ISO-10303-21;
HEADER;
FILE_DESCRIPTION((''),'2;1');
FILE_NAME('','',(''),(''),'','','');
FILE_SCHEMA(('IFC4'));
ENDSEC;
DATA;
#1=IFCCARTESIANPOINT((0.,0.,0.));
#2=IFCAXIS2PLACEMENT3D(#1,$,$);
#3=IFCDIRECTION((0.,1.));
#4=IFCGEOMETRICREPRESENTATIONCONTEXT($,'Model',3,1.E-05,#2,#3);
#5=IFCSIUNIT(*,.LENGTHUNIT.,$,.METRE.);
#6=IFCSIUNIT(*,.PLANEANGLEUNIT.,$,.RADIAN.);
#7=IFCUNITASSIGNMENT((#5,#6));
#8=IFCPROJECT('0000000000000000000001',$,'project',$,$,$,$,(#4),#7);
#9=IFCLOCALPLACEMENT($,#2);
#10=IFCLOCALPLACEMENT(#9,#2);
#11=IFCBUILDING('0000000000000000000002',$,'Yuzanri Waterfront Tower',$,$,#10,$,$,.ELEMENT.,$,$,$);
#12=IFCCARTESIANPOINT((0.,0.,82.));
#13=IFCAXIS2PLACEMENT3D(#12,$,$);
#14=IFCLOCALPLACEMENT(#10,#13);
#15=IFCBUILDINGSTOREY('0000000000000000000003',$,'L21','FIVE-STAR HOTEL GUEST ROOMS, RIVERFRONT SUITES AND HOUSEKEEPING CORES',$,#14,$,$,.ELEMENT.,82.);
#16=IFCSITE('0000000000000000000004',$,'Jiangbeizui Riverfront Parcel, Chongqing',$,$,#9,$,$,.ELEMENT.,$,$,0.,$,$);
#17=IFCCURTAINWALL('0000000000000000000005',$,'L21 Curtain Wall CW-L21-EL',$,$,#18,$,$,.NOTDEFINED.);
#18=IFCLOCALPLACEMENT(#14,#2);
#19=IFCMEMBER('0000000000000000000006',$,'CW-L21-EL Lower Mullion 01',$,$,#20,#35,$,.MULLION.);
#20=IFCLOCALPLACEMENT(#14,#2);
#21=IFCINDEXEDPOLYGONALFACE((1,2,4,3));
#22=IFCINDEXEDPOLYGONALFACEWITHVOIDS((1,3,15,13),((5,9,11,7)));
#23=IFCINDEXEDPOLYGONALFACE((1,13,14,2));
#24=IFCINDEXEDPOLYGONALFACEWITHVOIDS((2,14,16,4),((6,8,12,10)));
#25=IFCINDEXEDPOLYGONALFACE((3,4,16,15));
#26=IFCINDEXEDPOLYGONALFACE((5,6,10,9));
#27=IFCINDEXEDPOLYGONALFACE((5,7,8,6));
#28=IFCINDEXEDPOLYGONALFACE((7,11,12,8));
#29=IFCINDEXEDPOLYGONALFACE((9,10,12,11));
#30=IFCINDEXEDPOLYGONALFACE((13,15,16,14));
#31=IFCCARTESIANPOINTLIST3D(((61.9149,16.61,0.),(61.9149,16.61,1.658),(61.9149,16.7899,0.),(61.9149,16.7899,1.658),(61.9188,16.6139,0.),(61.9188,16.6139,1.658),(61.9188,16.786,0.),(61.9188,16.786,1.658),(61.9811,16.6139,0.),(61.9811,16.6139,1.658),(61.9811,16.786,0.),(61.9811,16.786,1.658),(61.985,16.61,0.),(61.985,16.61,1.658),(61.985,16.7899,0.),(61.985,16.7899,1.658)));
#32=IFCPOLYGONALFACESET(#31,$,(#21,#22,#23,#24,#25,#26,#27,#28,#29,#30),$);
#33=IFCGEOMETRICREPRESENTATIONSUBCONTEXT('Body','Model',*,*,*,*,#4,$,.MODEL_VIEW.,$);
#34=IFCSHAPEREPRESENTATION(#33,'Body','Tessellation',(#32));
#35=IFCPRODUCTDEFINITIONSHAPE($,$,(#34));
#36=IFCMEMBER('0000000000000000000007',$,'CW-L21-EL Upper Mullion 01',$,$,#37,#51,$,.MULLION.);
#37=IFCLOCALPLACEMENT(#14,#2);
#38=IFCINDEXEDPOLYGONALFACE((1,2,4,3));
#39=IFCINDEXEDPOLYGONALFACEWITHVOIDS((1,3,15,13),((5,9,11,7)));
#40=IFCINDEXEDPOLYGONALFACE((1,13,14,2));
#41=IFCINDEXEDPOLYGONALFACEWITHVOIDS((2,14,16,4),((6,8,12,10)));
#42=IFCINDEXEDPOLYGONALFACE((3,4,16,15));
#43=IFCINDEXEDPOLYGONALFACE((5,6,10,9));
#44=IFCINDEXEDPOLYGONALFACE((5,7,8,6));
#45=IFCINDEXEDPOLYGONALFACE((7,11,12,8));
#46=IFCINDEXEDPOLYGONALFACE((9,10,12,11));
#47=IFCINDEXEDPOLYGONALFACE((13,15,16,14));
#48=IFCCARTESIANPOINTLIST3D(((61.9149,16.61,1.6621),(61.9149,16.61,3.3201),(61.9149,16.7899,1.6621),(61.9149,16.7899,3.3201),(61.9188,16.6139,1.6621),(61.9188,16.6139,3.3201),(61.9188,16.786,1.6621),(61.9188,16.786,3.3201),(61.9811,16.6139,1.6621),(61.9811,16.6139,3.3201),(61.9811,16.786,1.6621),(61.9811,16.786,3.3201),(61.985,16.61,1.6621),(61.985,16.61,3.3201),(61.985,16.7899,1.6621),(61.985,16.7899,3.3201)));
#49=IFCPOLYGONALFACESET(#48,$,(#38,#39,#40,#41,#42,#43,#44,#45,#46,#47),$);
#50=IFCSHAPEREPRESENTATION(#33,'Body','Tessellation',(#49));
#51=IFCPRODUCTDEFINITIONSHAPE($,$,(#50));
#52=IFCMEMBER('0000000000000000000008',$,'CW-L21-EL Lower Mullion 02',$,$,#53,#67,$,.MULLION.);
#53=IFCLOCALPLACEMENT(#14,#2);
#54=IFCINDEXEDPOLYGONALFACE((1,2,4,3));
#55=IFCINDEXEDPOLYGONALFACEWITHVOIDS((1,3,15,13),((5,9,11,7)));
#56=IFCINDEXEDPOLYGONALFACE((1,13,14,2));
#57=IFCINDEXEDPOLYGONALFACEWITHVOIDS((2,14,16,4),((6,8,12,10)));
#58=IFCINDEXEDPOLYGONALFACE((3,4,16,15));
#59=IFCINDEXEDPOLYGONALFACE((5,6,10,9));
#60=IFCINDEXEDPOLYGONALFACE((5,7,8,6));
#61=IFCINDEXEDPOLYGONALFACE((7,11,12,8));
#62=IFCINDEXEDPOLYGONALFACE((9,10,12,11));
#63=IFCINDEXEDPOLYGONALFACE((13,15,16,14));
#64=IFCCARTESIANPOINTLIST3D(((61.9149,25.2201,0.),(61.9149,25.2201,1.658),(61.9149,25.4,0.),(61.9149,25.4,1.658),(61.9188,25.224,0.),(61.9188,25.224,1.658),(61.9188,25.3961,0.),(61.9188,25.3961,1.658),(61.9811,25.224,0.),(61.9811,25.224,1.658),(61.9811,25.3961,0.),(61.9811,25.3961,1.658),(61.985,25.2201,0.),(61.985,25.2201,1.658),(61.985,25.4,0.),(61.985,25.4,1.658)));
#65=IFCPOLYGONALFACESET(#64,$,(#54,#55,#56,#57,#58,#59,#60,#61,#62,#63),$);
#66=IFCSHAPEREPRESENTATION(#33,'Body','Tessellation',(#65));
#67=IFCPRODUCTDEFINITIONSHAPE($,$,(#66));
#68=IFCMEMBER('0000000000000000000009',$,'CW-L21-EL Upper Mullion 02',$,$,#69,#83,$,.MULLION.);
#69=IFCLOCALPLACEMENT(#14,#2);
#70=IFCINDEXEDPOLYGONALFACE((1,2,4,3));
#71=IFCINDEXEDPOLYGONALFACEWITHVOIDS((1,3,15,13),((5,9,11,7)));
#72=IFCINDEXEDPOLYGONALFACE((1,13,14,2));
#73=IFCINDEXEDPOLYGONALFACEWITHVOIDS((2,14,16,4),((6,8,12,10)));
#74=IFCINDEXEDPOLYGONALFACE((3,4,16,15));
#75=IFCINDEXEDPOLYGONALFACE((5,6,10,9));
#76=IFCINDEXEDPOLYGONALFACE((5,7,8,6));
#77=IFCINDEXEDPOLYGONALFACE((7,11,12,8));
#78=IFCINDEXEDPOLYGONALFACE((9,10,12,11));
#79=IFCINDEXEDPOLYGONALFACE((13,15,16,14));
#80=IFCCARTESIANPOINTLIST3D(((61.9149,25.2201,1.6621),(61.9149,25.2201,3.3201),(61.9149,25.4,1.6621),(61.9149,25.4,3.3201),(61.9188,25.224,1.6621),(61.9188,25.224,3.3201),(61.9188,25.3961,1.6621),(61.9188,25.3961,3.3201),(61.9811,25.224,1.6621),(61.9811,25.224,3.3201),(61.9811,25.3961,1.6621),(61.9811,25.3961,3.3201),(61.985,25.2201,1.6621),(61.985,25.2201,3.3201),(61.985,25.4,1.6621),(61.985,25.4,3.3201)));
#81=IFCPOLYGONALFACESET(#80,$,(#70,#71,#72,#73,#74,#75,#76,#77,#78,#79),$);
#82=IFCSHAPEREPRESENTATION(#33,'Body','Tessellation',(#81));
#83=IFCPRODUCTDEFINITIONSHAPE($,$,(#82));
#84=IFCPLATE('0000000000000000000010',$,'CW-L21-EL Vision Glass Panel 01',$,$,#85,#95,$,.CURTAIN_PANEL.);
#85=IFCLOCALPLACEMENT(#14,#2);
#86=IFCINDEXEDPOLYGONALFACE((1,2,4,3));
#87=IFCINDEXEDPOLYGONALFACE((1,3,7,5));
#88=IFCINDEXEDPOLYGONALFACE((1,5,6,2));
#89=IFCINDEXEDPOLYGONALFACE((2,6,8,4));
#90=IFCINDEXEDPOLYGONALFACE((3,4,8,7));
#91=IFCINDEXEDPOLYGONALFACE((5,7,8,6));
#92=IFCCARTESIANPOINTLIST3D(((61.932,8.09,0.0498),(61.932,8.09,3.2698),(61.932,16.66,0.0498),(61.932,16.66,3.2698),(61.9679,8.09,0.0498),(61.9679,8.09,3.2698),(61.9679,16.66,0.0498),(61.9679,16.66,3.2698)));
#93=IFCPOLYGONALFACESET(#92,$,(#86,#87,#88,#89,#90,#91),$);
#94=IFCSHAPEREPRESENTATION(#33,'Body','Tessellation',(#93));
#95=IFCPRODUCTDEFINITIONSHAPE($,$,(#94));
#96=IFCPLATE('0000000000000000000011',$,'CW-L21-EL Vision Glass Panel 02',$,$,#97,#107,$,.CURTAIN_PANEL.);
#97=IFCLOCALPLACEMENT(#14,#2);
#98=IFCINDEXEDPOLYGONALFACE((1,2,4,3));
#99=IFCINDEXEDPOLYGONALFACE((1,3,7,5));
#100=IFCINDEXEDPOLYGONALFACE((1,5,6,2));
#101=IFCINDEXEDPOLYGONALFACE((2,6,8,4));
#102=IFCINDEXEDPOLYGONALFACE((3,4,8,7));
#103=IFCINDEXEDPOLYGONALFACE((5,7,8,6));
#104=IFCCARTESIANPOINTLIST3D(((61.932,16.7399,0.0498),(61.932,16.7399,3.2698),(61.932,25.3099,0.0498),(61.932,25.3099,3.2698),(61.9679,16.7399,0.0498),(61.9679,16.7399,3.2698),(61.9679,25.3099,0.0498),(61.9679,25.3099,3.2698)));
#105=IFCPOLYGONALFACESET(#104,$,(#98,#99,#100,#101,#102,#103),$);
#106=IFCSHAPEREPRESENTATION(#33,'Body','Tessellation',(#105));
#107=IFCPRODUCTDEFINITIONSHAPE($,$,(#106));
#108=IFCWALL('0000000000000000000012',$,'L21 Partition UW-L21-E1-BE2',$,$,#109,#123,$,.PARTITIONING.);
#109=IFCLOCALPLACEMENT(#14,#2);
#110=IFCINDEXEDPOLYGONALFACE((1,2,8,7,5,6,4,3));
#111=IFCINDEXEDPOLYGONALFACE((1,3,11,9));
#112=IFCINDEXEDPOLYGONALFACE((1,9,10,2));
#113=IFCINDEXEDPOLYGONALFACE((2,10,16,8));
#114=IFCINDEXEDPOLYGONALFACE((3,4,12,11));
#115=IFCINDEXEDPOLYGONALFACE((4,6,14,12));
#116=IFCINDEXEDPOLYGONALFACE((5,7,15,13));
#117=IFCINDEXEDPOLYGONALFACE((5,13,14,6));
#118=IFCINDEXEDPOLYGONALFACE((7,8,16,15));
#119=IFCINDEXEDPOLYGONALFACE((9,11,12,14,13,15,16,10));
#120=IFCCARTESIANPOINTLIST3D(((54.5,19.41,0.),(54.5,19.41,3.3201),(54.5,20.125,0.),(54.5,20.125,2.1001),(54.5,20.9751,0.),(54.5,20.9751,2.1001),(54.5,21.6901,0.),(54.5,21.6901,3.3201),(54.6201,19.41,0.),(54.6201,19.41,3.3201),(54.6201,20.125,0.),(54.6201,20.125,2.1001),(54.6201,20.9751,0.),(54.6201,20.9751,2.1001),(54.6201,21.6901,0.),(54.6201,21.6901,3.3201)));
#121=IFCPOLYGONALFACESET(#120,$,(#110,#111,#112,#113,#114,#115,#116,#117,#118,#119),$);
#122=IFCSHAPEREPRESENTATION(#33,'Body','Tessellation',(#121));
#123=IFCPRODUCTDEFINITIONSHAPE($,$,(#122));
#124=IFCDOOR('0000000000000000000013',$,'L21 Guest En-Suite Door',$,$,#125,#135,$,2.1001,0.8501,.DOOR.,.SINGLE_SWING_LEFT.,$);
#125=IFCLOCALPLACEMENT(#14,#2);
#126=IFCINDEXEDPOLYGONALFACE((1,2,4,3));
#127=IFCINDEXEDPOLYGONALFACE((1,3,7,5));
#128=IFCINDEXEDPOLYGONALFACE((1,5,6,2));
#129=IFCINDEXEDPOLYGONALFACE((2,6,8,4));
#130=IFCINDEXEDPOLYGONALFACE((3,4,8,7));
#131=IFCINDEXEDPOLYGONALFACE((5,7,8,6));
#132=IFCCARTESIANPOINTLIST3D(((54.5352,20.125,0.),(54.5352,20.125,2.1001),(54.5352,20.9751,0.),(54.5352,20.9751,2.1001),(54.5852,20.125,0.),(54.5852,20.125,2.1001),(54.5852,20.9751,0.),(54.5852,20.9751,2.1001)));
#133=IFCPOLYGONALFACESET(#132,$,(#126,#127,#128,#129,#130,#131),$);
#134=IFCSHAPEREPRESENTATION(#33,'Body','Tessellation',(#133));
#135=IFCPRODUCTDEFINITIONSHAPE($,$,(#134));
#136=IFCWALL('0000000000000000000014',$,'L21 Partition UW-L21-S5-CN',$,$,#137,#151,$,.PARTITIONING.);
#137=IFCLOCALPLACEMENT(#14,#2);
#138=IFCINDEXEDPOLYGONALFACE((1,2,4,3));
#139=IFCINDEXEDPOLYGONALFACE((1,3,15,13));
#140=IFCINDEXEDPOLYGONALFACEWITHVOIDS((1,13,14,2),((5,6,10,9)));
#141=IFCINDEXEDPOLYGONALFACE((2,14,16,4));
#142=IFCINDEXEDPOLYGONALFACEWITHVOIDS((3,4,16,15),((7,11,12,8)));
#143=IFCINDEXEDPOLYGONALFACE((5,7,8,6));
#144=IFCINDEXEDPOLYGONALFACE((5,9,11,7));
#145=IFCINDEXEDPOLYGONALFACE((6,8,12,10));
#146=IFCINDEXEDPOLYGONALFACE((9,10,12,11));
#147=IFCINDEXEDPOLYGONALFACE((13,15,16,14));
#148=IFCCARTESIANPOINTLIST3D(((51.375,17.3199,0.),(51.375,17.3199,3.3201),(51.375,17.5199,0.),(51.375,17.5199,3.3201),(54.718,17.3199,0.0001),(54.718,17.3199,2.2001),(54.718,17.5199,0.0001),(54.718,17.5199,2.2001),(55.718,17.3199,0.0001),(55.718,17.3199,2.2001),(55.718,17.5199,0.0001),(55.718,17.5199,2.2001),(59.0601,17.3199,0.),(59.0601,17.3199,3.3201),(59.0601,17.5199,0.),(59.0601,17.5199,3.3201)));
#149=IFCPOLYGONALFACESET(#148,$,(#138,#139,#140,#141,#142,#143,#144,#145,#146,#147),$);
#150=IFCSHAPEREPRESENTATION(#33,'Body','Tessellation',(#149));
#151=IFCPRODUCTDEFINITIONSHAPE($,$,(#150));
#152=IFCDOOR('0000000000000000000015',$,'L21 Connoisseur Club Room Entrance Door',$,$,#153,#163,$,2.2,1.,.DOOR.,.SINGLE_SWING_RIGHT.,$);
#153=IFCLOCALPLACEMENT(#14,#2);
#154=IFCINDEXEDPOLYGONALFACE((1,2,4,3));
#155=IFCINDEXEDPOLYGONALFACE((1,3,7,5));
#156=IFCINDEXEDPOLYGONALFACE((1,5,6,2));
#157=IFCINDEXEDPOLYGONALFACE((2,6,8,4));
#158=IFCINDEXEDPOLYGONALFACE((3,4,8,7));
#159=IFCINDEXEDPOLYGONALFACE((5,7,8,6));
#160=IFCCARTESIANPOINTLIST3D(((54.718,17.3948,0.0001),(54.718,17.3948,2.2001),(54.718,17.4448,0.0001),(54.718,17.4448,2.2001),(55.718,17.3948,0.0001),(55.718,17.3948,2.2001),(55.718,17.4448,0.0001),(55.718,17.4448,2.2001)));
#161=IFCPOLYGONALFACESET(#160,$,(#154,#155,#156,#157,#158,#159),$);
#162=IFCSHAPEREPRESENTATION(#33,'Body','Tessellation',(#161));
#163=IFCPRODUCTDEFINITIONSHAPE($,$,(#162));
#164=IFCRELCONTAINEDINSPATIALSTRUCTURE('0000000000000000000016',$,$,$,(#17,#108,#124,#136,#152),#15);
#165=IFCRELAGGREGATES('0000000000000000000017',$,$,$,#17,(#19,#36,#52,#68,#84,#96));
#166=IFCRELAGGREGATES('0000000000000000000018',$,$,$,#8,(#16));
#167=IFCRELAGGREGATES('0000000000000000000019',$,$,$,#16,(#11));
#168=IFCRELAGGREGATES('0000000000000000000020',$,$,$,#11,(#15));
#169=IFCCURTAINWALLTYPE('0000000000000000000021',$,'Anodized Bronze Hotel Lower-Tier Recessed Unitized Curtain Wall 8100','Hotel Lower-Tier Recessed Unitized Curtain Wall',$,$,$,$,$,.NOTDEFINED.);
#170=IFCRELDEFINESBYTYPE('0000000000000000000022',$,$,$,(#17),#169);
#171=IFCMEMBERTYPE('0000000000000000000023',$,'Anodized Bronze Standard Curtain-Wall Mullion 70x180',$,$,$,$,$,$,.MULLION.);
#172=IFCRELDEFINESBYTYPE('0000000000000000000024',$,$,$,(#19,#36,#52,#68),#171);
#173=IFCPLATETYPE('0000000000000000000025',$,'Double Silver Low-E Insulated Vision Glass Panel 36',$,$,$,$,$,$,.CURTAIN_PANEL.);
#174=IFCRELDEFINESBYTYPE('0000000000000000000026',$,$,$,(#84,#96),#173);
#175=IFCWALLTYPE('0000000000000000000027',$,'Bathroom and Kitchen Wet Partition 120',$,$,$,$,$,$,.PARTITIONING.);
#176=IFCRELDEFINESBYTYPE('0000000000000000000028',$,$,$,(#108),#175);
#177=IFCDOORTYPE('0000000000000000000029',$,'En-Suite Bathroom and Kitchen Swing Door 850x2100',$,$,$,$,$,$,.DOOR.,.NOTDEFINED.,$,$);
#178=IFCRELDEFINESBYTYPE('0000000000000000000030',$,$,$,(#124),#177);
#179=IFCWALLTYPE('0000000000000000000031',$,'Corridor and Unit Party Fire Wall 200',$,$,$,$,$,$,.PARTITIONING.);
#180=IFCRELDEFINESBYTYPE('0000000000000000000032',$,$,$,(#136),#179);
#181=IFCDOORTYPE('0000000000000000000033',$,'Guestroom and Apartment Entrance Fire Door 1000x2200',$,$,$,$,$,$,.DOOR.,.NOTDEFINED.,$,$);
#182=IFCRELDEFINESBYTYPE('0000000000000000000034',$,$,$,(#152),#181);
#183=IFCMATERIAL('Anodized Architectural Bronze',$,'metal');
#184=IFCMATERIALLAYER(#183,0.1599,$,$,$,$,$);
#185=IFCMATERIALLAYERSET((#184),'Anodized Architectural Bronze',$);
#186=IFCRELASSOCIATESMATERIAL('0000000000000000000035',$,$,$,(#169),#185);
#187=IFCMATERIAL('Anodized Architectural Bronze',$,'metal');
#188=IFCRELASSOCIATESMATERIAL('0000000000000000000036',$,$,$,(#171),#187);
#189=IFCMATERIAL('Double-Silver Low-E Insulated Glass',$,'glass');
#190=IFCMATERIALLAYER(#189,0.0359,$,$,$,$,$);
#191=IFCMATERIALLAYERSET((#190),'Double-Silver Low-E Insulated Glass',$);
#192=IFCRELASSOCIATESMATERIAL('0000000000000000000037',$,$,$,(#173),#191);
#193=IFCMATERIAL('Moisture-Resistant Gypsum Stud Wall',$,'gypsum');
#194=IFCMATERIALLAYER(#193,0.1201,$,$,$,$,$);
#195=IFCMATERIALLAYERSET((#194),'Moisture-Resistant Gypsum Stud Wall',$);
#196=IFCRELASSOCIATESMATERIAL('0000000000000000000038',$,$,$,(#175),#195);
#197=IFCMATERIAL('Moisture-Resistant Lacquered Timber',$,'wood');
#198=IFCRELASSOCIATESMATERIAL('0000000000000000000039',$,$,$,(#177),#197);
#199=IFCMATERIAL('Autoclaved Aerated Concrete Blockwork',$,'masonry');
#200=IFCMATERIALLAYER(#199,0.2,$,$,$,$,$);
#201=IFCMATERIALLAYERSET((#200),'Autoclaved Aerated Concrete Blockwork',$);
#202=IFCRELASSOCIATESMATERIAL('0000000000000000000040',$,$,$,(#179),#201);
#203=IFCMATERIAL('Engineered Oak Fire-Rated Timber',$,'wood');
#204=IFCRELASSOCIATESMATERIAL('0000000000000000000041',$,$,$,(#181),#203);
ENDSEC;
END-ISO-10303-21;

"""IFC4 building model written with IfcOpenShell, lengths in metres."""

from ifc_helpers import new_model, si_unit, direction, frame, frame_2d, origin, origin_2d, place, context, subcontext, project, spatial, rectangle, hollow_rectangle, extrude, source, transform, mapped, material, layer, layer_set, material_profile, profile_set, type_object, element, fill, aggregate, save


model = new_model("IFC4")

# Units and contexts
model_context = context("Model", 3, precision=1e-05, world=origin(), true_north=direction((0.0, 1.0)))
body_context = subcontext(model_context, "Body", "Model", "MODEL_VIEW")
ifc_project = project(units=[si_unit("LENGTHUNIT", "METRE"), si_unit("PLANEANGLEUNIT", "RADIAN")], contexts=[model_context])

# Site, building, storey
site_placement = place(None, origin())
site = spatial("IfcSite", under=ifc_project, at=site_placement, Name="Jiangbeizui Riverfront Parcel, Chongqing", CompositionType="ELEMENT", RefElevation=0.0)
building_placement = place(site_placement, origin())
building = spatial("IfcBuilding", under=site, at=building_placement, Name="Yuzanri Waterfront Tower", CompositionType="ELEMENT")
storey_placement = place(building_placement, frame((0.0, 0.0, 82.0)))
storey = spatial("IfcBuildingStorey", under=building, at=storey_placement, Name="L21", Description="FIVE-STAR HOTEL GUEST ROOMS, RIVERFRONT SUITES AND HOUSEKEEPING CORES", CompositionType="ELEMENT", Elevation=82.0)

# Curtain wall, members, plates
ifc_material_1 = material(Name="Anodized Architectural Bronze", Category="metal")
ifc_layer_1 = layer(ifc_material_1, 0.1599)
ifc_layer_set_1 = layer_set([ifc_layer_1], Name="Anodized Architectural Bronze")
curtain_wall_type = type_object("IfcCurtainWallType", Name="Anodized Bronze Hotel Lower-Tier Recessed Unitized Curtain Wall 8100", Description="Hotel Lower-Tier Recessed Unitized Curtain Wall", PredefinedType="NOTDEFINED", material=ifc_layer_set_1)
curtain_wall_placement = place(storey_placement, origin())
curtain_wall = element("IfcCurtainWall", 1, at=curtain_wall_placement, inside=storey, type_object=curtain_wall_type, Name="L21 Curtain Wall CW-L21-EL", PredefinedType="NOTDEFINED")
ifc_material_2 = material(Name="Anodized Architectural Bronze", Category="metal")
ifc_material_profile_1 = material_profile(ifc_material_2, hollow_rectangle(XDim=0.0701, YDim=0.1799, WallThickness=0.0039, at=origin_2d()), Name="CWM 70x180")
ifc_profile_set_1 = profile_set([ifc_material_profile_1], Name="Anodized Architectural Bronze")
member_type_1 = type_object("IfcMemberType", Name="Anodized Bronze Standard Curtain-Wall Mullion 70x180", PredefinedType="MULLION", material=ifc_profile_set_1)
shared_shape_1 = source(origin(), body_context, "Body", "SweptSolid", [
    extrude(hollow_rectangle(XDim=0.0701, YDim=0.1799, WallThickness=0.0039, at=origin_2d()), origin(), (0.0, 0.0, 1.0), 1.658),
])
member_1_placement = place(storey_placement, frame((61.95, 16.7, 0.0), z_axis=(0.0, 0.0, 1.0), x_axis=(1.0, 0.0, 0.0)))
member_1 = element("IfcMember", 2, at=member_1_placement, type_object=member_type_1, Name="CW-L21-EL Lower Mullion 01", PredefinedType="MULLION", context=body_context, shape_type="MappedRepresentation", body=[
    mapped(shared_shape_1, transform((0.0, 0.0, 0.0), scale=1.0)),
])
member_2_placement = place(storey_placement, frame((61.95, 16.7, 1.6621), z_axis=(0.0, 0.0, 1.0), x_axis=(1.0, 0.0, 0.0)))
member_2 = element("IfcMember", 3, at=member_2_placement, type_object=member_type_1, Name="CW-L21-EL Upper Mullion 01", PredefinedType="MULLION", context=body_context, shape_type="MappedRepresentation", body=[
    mapped(shared_shape_1, transform((0.0, 0.0, 0.0), scale=1.0)),
])
member_3_placement = place(storey_placement, frame((61.95, 25.3101, 0.0), z_axis=(0.0, 0.0, 1.0), x_axis=(1.0, 0.0, 0.0)))
member_3 = element("IfcMember", 4, at=member_3_placement, type_object=member_type_1, Name="CW-L21-EL Lower Mullion 02", PredefinedType="MULLION", context=body_context, shape_type="MappedRepresentation", body=[
    mapped(shared_shape_1, transform((0.0, 0.0, 0.0), scale=1.0)),
])
member_4_placement = place(storey_placement, frame((61.95, 25.3101, 1.6621), z_axis=(0.0, 0.0, 1.0), x_axis=(1.0, 0.0, 0.0)))
member_4 = element("IfcMember", 5, at=member_4_placement, type_object=member_type_1, Name="CW-L21-EL Upper Mullion 02", PredefinedType="MULLION", context=body_context, shape_type="MappedRepresentation", body=[
    mapped(shared_shape_1, transform((0.0, 0.0, 0.0), scale=1.0)),
])
ifc_material_3 = material(Name="Double-Silver Low-E Insulated Glass", Category="glass")
ifc_layer_2 = layer(ifc_material_3, 0.0359)
ifc_layer_set_2 = layer_set([ifc_layer_2], Name="Double-Silver Low-E Insulated Glass")
plate_type = type_object("IfcPlateType", Name="Double Silver Low-E Insulated Vision Glass Panel 36", PredefinedType="CURTAIN_PANEL", material=ifc_layer_set_2)
shared_shape_2 = source(origin(), body_context, "Body", "SweptSolid", [
    extrude(rectangle(XDim=8.5701, YDim=0.0359, at=origin_2d()), origin(), (0.0, 0.0, 1.0), 3.22),
])
plate_1_placement = place(storey_placement, frame((61.95, 12.375, 0.0498), z_axis=(0.0, 0.0, 1.0), x_axis=(0.0, 1.0, 0.0)))
plate_1 = element("IfcPlate", 6, at=plate_1_placement, type_object=plate_type, Name="CW-L21-EL Vision Glass Panel 01", PredefinedType="CURTAIN_PANEL", context=body_context, shape_type="MappedRepresentation", body=[
    mapped(shared_shape_2, transform((0.0, 0.0, 0.0), scale=1.0)),
])
plate_2_placement = place(storey_placement, frame((61.95, 21.0249, 0.0498), z_axis=(0.0, 0.0, 1.0), x_axis=(0.0, 1.0, 0.0)))
plate_2 = element("IfcPlate", 7, at=plate_2_placement, type_object=plate_type, Name="CW-L21-EL Vision Glass Panel 02", PredefinedType="CURTAIN_PANEL", context=body_context, shape_type="MappedRepresentation", body=[
    mapped(shared_shape_2, transform((0.0, 0.0, 0.0), scale=1.0)),
])
aggregate(curtain_wall, [member_1, member_2, member_3, member_4, plate_1, plate_2])

# Walls, openings, doors
ifc_material_4 = material(Name="Moisture-Resistant Gypsum Stud Wall", Category="gypsum")
ifc_layer_3 = layer(ifc_material_4, 0.1201)
ifc_layer_set_3 = layer_set([ifc_layer_3], Name="Moisture-Resistant Gypsum Stud Wall")
wall_type_1 = type_object("IfcWallType", Name="Bathroom and Kitchen Wet Partition 120", PredefinedType="PARTITIONING", material=ifc_layer_set_3)
wall_1_placement = place(storey_placement, frame((54.5601, 19.4099, 0.0), z_axis=(0.0, 0.0, 1.0), x_axis=(0.0, 1.0, 0.0)))
wall_1 = element("IfcWall", 8, at=wall_1_placement, inside=storey, type_object=wall_type_1, Name="L21 Partition UW-L21-E1-BE2", PredefinedType="PARTITIONING", context=body_context, shape_type="SweptSolid", body=[
    extrude(rectangle(XDim=2.28, YDim=0.1201, at=frame_2d((1.1401, 0.0))), origin(), (0.0, 0.0, 1.0), 3.3201),
])
opening_1_placement = place(wall_1_placement, frame((0.7151, 0.0, 0.0)))
opening_1 = element("IfcOpeningElement", 9, at=opening_1_placement, cuts=wall_1, PredefinedType="OPENING", context=body_context, shape_type="SweptSolid", body=[
    extrude(rectangle(XDim=0.8501, YDim=2.1001, at=frame_2d((0.425, 1.05))), frame((0.0, 0.075, 0.0), z_axis=(0.0, -1.0, 0.0), x_axis=(1.0, 0.0, 0.0)), (0.0, 0.0, 1.0), 0.1499),
])
ifc_material_5 = material(Name="Moisture-Resistant Lacquered Timber", Category="wood")
door_type_1 = type_object("IfcDoorType", Name="En-Suite Bathroom and Kitchen Swing Door 850x2100", OperationType="NOTDEFINED", PredefinedType="DOOR", material=ifc_material_5)
shared_shape_3 = source(origin(), body_context, "Body", "SweptSolid", [
    extrude(rectangle(XDim=0.8501, YDim=2.1001, at=frame_2d((0.425, 1.05))), frame((0.0, 0.0249, 0.0), z_axis=(0.0, -1.0, 0.0), x_axis=(1.0, 0.0, 0.0)), (0.0, 0.0, 1.0), 0.05),
])
door_1_placement = place(opening_1_placement, origin())
door_1 = element("IfcDoor", 10, at=door_1_placement, inside=storey, type_object=door_type_1, Name="L21 Guest En-Suite Door", OperationType="SINGLE_SWING_LEFT", OverallHeight=2.1001, OverallWidth=0.8501, PredefinedType="DOOR", context=body_context, shape_type="MappedRepresentation", body=[
    mapped(shared_shape_3, transform((0.0, 0.0, 0.0), scale=1.0)),
])
fill(opening_1, door_1)
ifc_material_6 = material(Name="Autoclaved Aerated Concrete Blockwork", Category="masonry")
ifc_layer_4 = layer(ifc_material_6, 0.2)
ifc_layer_set_4 = layer_set([ifc_layer_4], Name="Autoclaved Aerated Concrete Blockwork")
wall_type_2 = type_object("IfcWallType", Name="Corridor and Unit Party Fire Wall 200", PredefinedType="PARTITIONING", material=ifc_layer_set_4)
wall_2_placement = place(storey_placement, frame((51.375, 17.4199, 0.0), z_axis=(0.0, 0.0, 1.0), x_axis=(1.0, 0.0, 0.0)))
wall_2 = element("IfcWall", 11, at=wall_2_placement, inside=storey, type_object=wall_type_2, Name="L21 Partition UW-L21-S5-CN", PredefinedType="PARTITIONING", context=body_context, shape_type="SweptSolid", body=[
    extrude(rectangle(XDim=7.6851, YDim=0.2, at=frame_2d((3.8425, 0.0))), origin(), (0.0, 0.0, 1.0), 3.3201),
])
opening_2_placement = place(wall_2_placement, frame((3.343, 0.0, 0.0)))
opening_2 = element("IfcOpeningElement", 12, at=opening_2_placement, cuts=wall_2, PredefinedType="OPENING", context=body_context, shape_type="SweptSolid", body=[
    extrude(rectangle(XDim=1.0, YDim=2.2, at=frame_2d((0.5, 1.1001))), frame((0.0, 0.1147, 0.0), z_axis=(0.0, -1.0, 0.0), x_axis=(1.0, 0.0, 0.0)), (0.0, 0.0, 1.0), 0.2297),
])
ifc_material_7 = material(Name="Engineered Oak Fire-Rated Timber", Category="wood")
door_type_2 = type_object("IfcDoorType", Name="Guestroom and Apartment Entrance Fire Door 1000x2200", OperationType="NOTDEFINED", PredefinedType="DOOR", material=ifc_material_7)
shared_shape_4 = source(origin(), body_context, "Body", "SweptSolid", [
    extrude(rectangle(XDim=1.0, YDim=2.2, at=frame_2d((0.5, 1.1001))), frame((0.0, 0.0249, 0.0), z_axis=(0.0, -1.0, 0.0), x_axis=(1.0, 0.0, 0.0)), (0.0, 0.0, 1.0), 0.05),
])
door_2_placement = place(opening_2_placement, origin())
door_2 = element("IfcDoor", 13, at=door_2_placement, inside=storey, type_object=door_type_2, Name="L21 Connoisseur Club Room Entrance Door", OperationType="SINGLE_SWING_RIGHT", OverallHeight=2.2, OverallWidth=1.0, PredefinedType="DOOR", context=body_context, shape_type="MappedRepresentation", body=[
    mapped(shared_shape_4, transform((0.0, 0.0, 0.0), scale=1.0)),
])
fill(opening_2, door_2)

save(model, "model.ifc")
